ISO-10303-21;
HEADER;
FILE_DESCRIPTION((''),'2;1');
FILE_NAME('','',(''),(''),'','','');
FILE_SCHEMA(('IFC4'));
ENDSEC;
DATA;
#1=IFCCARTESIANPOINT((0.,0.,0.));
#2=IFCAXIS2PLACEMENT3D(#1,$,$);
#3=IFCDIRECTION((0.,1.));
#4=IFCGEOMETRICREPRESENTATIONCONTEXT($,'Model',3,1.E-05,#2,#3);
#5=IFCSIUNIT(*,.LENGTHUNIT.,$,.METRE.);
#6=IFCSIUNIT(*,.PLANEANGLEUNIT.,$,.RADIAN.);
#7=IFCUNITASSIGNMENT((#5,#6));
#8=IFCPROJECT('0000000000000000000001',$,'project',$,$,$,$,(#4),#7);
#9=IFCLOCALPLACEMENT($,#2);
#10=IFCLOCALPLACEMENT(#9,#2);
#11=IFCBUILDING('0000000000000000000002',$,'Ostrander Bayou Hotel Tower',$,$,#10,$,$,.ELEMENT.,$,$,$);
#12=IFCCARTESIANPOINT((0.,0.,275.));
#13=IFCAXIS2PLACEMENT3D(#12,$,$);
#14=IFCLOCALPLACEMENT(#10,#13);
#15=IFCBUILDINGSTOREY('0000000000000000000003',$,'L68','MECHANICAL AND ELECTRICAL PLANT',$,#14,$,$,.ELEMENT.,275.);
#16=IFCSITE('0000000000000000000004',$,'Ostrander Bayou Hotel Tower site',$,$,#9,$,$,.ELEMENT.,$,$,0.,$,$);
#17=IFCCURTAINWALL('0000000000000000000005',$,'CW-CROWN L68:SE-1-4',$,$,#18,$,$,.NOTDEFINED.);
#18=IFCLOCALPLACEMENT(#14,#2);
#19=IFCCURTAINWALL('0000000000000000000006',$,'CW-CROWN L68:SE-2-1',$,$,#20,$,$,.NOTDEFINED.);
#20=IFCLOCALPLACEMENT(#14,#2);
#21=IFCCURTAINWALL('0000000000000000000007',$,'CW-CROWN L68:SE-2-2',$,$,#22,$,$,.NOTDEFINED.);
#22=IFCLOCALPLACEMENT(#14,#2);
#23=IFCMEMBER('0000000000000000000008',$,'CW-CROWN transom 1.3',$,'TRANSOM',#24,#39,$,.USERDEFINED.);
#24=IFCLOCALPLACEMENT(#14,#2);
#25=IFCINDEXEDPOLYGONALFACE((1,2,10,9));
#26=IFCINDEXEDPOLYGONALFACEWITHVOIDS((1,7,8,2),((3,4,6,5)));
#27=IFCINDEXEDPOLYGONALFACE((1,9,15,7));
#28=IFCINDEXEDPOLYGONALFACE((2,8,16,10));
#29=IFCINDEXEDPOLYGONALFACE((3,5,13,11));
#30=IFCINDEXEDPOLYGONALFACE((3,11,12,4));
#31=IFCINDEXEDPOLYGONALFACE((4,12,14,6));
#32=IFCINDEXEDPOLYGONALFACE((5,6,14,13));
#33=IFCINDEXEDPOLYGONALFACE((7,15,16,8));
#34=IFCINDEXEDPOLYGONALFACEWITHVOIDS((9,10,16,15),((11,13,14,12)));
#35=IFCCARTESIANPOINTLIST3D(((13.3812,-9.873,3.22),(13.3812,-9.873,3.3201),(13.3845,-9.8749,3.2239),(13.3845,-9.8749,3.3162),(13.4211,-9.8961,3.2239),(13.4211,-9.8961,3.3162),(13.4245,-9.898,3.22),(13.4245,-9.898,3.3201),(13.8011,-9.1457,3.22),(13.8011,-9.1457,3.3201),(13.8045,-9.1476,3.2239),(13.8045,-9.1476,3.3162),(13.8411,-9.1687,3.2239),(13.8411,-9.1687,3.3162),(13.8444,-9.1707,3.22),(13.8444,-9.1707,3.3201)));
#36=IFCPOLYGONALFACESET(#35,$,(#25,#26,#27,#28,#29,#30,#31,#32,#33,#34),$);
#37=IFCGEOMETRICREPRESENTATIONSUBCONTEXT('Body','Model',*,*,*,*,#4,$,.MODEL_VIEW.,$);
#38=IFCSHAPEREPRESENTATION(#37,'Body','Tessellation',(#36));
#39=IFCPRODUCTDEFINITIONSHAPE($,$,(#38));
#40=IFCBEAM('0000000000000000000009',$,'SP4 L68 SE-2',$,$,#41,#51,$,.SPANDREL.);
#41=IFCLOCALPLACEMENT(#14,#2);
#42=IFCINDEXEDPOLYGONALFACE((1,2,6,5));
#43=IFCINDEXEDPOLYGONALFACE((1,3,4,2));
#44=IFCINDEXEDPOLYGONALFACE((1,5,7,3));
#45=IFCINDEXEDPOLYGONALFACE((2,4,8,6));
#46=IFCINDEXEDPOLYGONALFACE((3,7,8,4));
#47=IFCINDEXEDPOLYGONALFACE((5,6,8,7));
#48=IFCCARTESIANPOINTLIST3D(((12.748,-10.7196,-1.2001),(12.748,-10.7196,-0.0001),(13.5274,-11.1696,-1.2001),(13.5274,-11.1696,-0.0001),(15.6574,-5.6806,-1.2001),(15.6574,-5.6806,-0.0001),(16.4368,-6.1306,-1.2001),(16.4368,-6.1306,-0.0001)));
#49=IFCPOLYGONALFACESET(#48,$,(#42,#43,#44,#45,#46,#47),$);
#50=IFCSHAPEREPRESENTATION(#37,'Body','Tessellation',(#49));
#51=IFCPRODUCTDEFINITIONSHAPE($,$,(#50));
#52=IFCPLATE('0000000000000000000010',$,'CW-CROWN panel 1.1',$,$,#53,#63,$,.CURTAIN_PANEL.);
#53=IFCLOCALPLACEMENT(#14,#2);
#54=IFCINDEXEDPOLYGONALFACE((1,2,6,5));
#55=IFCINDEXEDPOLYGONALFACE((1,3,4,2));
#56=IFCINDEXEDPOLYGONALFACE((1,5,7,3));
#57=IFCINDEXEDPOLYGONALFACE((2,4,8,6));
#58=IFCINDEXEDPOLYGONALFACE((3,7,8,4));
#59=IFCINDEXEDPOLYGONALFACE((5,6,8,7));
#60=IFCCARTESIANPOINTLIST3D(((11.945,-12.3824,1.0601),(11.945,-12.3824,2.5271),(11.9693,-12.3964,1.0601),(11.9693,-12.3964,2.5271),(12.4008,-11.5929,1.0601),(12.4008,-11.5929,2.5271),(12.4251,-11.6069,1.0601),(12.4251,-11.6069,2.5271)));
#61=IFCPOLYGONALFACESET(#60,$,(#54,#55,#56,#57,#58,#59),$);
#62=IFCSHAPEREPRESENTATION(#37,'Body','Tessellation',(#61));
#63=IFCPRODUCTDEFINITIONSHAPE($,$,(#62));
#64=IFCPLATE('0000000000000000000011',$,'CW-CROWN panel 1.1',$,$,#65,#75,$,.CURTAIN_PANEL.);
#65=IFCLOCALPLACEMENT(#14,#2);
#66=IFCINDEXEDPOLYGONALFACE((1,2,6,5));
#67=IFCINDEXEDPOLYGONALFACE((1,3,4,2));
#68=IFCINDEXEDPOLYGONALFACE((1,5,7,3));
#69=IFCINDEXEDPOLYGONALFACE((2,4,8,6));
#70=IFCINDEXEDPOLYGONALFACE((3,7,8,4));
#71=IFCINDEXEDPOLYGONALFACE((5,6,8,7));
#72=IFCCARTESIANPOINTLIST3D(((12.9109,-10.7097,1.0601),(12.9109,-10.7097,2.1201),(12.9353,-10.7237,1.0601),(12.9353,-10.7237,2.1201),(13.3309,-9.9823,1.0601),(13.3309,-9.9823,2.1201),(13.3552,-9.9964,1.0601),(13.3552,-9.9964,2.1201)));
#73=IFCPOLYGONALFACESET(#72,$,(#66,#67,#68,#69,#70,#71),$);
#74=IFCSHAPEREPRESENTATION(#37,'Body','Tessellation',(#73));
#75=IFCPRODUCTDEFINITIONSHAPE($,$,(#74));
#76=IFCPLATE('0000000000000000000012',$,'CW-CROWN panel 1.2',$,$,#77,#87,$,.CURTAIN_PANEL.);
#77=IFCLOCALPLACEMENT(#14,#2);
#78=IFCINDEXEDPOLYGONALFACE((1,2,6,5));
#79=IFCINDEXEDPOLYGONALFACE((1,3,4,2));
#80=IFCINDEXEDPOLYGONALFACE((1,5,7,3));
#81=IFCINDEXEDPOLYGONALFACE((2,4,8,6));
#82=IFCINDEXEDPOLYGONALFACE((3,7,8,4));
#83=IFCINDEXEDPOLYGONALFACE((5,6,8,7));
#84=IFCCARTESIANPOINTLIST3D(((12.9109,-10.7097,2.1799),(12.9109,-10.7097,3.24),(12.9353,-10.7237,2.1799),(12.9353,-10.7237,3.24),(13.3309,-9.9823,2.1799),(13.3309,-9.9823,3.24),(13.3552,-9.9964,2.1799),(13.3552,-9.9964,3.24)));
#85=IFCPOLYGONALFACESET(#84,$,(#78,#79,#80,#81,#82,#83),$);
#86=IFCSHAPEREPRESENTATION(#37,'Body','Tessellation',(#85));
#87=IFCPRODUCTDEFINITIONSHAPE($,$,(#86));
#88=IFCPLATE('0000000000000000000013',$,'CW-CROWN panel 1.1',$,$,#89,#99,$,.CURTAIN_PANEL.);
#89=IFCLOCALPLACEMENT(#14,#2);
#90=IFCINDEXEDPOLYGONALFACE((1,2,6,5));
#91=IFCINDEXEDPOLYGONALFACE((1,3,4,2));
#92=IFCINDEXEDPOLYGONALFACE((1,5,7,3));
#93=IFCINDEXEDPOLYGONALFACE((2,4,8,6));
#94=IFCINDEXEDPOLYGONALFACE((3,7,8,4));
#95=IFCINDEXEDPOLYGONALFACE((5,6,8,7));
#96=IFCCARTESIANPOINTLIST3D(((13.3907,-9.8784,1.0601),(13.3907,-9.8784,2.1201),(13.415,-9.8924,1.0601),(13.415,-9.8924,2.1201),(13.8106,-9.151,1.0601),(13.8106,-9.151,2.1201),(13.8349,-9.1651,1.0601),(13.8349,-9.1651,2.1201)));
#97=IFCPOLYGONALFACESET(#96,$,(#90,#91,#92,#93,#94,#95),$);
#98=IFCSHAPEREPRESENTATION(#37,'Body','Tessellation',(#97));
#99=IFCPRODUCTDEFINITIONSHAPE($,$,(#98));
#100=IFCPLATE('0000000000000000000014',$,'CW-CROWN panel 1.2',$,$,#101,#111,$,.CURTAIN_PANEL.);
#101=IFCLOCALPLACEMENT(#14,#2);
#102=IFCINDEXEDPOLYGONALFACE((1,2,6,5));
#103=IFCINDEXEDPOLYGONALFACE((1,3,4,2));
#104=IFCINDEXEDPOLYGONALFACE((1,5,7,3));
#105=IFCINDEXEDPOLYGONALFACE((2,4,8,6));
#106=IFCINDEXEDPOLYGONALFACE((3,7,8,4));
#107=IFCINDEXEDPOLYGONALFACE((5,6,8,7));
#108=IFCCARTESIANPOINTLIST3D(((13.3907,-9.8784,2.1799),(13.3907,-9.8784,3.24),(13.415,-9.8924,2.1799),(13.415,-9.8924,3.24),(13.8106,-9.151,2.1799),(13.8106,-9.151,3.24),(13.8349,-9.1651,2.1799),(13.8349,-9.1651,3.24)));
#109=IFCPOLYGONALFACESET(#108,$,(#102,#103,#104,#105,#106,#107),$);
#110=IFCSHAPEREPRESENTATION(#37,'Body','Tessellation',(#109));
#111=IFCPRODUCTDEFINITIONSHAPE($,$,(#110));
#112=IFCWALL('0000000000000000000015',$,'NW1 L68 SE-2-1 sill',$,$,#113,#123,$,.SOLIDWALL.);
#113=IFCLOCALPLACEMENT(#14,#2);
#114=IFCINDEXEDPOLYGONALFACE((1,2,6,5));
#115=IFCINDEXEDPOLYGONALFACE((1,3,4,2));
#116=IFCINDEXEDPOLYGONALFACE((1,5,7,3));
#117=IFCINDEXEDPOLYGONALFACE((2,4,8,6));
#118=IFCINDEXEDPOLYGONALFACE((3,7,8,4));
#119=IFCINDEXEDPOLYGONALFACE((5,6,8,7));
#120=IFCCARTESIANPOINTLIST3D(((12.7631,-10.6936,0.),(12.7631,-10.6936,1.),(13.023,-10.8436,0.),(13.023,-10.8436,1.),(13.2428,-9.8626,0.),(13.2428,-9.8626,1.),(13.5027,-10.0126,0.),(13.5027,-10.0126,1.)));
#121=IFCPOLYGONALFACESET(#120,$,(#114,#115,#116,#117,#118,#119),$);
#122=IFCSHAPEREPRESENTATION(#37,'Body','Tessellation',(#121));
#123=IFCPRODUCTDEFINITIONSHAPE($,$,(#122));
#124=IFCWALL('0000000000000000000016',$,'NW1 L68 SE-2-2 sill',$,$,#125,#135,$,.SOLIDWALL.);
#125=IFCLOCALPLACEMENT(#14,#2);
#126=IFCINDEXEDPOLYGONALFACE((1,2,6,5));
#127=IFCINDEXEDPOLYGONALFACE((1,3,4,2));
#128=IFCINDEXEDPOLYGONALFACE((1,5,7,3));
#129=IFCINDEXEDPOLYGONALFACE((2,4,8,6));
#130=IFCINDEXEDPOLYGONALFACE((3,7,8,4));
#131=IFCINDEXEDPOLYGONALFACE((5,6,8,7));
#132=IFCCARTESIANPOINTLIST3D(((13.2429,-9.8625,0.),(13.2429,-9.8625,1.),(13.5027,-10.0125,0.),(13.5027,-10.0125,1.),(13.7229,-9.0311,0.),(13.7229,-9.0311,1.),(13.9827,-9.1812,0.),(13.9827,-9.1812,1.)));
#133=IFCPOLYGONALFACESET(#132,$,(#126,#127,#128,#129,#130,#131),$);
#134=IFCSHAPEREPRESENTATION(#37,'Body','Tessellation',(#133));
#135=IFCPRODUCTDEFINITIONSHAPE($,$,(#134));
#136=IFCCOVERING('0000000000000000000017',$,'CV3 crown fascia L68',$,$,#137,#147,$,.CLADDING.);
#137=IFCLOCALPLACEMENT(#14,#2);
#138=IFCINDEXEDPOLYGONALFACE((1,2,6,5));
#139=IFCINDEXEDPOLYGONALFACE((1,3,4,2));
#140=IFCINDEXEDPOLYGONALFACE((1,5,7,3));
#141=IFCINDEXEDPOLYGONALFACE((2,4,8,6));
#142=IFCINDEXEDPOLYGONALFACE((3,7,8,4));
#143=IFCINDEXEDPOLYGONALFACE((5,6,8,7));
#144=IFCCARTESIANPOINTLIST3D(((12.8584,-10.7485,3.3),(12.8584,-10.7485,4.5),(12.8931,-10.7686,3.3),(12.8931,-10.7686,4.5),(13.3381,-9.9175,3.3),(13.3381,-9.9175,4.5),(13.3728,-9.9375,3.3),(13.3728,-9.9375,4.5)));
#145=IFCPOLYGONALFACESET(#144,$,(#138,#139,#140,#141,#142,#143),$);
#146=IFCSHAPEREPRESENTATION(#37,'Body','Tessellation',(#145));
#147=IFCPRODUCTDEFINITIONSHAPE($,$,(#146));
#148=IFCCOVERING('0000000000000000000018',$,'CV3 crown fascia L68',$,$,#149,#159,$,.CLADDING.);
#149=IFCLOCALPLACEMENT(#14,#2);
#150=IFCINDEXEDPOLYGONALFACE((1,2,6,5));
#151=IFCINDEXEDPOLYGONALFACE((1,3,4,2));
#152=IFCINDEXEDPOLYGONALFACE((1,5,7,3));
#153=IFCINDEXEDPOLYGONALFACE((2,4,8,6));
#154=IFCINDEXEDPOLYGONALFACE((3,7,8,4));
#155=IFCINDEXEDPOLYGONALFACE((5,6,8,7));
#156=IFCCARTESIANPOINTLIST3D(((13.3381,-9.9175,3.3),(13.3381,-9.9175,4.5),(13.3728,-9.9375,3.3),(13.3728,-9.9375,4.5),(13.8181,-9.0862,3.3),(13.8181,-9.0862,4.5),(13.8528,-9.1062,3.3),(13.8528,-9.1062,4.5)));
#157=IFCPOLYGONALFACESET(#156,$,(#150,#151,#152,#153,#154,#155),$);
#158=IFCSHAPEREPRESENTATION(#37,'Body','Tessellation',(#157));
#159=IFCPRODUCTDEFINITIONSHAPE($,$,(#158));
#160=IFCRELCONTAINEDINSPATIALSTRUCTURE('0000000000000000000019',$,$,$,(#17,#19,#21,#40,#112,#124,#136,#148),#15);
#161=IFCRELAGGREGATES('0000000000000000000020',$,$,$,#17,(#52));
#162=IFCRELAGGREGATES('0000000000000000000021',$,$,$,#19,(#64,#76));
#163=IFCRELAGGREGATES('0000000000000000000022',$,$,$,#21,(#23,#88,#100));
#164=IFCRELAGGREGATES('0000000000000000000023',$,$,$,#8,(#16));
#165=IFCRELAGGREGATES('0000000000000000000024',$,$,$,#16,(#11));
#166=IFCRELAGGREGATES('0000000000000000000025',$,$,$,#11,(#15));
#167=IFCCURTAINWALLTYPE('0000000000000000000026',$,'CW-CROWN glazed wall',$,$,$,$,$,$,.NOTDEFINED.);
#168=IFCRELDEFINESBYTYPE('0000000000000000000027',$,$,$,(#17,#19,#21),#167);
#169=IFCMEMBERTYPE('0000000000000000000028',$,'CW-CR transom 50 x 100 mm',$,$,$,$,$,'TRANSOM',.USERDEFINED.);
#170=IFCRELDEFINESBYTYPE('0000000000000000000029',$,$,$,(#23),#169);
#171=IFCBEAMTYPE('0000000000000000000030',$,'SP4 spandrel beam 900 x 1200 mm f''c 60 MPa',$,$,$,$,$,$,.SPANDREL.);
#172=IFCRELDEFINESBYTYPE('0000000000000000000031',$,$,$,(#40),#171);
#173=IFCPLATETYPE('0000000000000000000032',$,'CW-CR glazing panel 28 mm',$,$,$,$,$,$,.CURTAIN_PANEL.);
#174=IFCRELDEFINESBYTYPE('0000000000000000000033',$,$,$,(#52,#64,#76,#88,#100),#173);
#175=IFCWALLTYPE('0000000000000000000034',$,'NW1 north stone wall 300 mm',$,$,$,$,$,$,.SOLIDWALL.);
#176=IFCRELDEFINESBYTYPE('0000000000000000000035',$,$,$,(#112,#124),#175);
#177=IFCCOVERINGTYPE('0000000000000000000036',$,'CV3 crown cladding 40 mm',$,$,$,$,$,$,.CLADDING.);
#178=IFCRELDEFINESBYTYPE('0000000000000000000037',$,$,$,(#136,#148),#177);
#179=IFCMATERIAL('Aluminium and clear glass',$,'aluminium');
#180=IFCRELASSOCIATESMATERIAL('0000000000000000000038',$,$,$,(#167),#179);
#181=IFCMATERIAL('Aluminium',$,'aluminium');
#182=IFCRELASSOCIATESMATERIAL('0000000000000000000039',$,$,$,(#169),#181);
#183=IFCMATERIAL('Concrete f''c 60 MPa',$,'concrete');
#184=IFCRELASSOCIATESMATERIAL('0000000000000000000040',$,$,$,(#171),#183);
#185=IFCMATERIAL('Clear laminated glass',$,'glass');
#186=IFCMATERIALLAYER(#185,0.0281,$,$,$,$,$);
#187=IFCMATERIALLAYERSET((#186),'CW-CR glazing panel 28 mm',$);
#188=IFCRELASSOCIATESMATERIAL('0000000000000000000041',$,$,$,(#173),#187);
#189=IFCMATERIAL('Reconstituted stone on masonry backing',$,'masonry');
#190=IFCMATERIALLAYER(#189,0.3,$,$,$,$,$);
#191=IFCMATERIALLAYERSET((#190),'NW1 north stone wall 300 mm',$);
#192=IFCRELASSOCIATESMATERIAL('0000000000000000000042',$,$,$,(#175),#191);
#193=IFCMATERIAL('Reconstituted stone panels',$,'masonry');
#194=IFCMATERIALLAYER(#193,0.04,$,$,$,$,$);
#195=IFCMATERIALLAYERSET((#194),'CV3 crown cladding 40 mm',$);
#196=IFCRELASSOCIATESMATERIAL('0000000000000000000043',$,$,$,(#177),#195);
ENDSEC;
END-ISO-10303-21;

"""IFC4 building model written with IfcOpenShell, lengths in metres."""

from ifc_helpers import new_model, si_unit, direction, frame, frame_2d, origin, origin_2d, place, context, subcontext, project, spatial, polyline, rectangle, hollow_rectangle, outline, extrude, material, layer, layer_set, material_profile, profile_set, type_object, element, aggregate, save


model = new_model("IFC4")

# Units and contexts
model_context = context("Model", 3, precision=1e-05, world=origin(), true_north=direction((0.0, 1.0)))
body_context = subcontext(model_context, "Body", "Model", "MODEL_VIEW")
ifc_project = project(units=[si_unit("LENGTHUNIT", "METRE"), si_unit("PLANEANGLEUNIT", "RADIAN")], contexts=[model_context])

# Site, building, storey
site_placement = place(None, origin())
site = spatial("IfcSite", under=ifc_project, at=site_placement, Name="Ostrander Bayou Hotel Tower site", CompositionType="ELEMENT", RefElevation=0.0)
building_placement = place(site_placement, origin())
building = spatial("IfcBuilding", under=site, at=building_placement, Name="Ostrander Bayou Hotel Tower", CompositionType="ELEMENT")
storey_placement = place(building_placement, frame((0.0, 0.0, 275.0)))
storey = spatial("IfcBuildingStorey", under=building, at=storey_placement, Name="L68", Description="MECHANICAL AND ELECTRICAL PLANT", CompositionType="ELEMENT", Elevation=275.0)

# Curtain wall
ifc_material_1 = material(Name="Aluminium and clear glass", Category="aluminium")
curtain_wall_type = type_object("IfcCurtainWallType", Name="CW-CROWN glazed wall", PredefinedType="NOTDEFINED", material=ifc_material_1)
curtain_wall_1_placement = place(storey_placement, origin())
curtain_wall_1 = element("IfcCurtainWall", 1, at=curtain_wall_1_placement, inside=storey, type_object=curtain_wall_type, Name="CW-CROWN L68:SE-1-4", PredefinedType="NOTDEFINED")

# Curtain wall
curtain_wall_2_placement = place(storey_placement, origin())
curtain_wall_2 = element("IfcCurtainWall", 2, at=curtain_wall_2_placement, inside=storey, type_object=curtain_wall_type, Name="CW-CROWN L68:SE-2-1", PredefinedType="NOTDEFINED")

# Curtain wall
curtain_wall_3_placement = place(storey_placement, origin())
curtain_wall_3 = element("IfcCurtainWall", 3, at=curtain_wall_3_placement, inside=storey, type_object=curtain_wall_type, Name="CW-CROWN L68:SE-2-2", PredefinedType="NOTDEFINED")

# Member
ifc_material_2 = material(Name="Aluminium", Category="aluminium")
ifc_material_profile_1 = material_profile(ifc_material_2, hollow_rectangle(XDim=0.05, YDim=0.1001, WallThickness=0.0039, at=origin_2d()))
ifc_profile_set_1 = profile_set([ifc_material_profile_1], Name="Aluminium")
member_type_1 = type_object("IfcMemberType", Name="CW-CR transom 50 x 100 mm", ElementType="TRANSOM", PredefinedType="USERDEFINED", material=ifc_profile_set_1)
member_1_placement = place(storey_placement, frame((13.4028, -9.8855, 3.27), z_axis=(0.500016, 0.866016, 0.0), x_axis=(-0.866016, 0.500016, 0.0)))
member_1 = element("IfcMember", 4, at=member_1_placement, type_object=member_type_1, Name="CW-CROWN transom 1.3", ObjectType="TRANSOM", PredefinedType="USERDEFINED", context=body_context, shape_type="SweptSolid", body=[
    extrude(hollow_rectangle(XDim=0.05, YDim=0.1001, WallThickness=0.0039, at=origin_2d()), origin(), (0.0, 0.0, 1.0), 0.8398),
])

# Beam
ifc_material_3 = material(Name="Concrete f'c 60 MPa", Category="concrete")
ifc_material_profile_2 = material_profile(ifc_material_3, rectangle(XDim=0.8999, YDim=1.2, at=origin_2d()))
ifc_profile_set_2 = profile_set([ifc_material_profile_2], Name="Concrete f'c 60 MPa")
beam_type = type_object("IfcBeamType", Name="SP4 spandrel beam 900 x 1200 mm f'c 60 MPa", PredefinedType="SPANDREL", material=ifc_profile_set_2)
beam_placement = place(storey_placement, frame((13.1377, -10.9446, -0.6001), z_axis=(0.500015, 0.866016, 0.0), x_axis=(-0.866016, 0.500015, 0.0)))
element("IfcBeam", 5, at=beam_placement, inside=storey, type_object=beam_type, Name="SP4 L68 SE-2", PredefinedType="SPANDREL", context=body_context, shape_type="SweptSolid", body=[
    extrude(rectangle(XDim=0.8999, YDim=1.2, at=origin_2d()), origin(), (0.0, 0.0, 1.0), 5.8186),
])

# Plates
ifc_material_4 = material(Name="Clear laminated glass", Category="glass")
ifc_layer_1 = layer(ifc_material_4, 0.0281)
ifc_layer_set_1 = layer_set([ifc_layer_1], Name="CW-CR glazing panel 28 mm")
plate_type = type_object("IfcPlateType", Name="CW-CR glazing panel 28 mm", PredefinedType="CURTAIN_PANEL", material=ifc_layer_set_1)
plate_1_placement = place(storey_placement, frame((12.1851, -11.9946, 1.0601), z_axis=(0.0, 0.0, 1.0), x_axis=(0.499997, 0.866027, 0.0)))
plate_1 = element("IfcPlate", 6, at=plate_1_placement, type_object=plate_type, Name="CW-CROWN panel 1.1", PredefinedType="CURTAIN_PANEL", context=body_context, shape_type="SweptSolid", body=[
    extrude(rectangle(XDim=0.9116, YDim=0.0281, at=origin_2d()), origin(), (0.0, 0.0, 1.0), 1.467),
])
aggregate(curtain_wall_1, [plate_1])
plate_2_placement = place(storey_placement, frame((13.1331, -10.353, 1.0601), z_axis=(0.0, 0.0, 1.0), x_axis=(0.500005, 0.866022, 0.0)))
plate_2 = element("IfcPlate", 7, at=plate_2_placement, type_object=plate_type, Name="CW-CROWN panel 1.1", PredefinedType="CURTAIN_PANEL", context=body_context, shape_type="SweptSolid", body=[
    extrude(rectangle(XDim=0.8398, YDim=0.0281, at=origin_2d()), origin(), (0.0, 0.0, 1.0), 1.0601),
])
plate_3_placement = place(storey_placement, frame((13.1331, -10.353, 2.1799), z_axis=(0.0, 0.0, 1.0), x_axis=(0.500005, 0.866022, 0.0)))
plate_3 = element("IfcPlate", 8, at=plate_3_placement, type_object=plate_type, Name="CW-CROWN panel 1.2", PredefinedType="CURTAIN_PANEL", context=body_context, shape_type="SweptSolid", body=[
    extrude(rectangle(XDim=0.8398, YDim=0.0281, at=origin_2d()), origin(), (0.0, 0.0, 1.0), 1.0601),
])
aggregate(curtain_wall_2, [plate_2, plate_3])
plate_4_placement = place(storey_placement, frame((13.6128, -9.5217, 1.0601), z_axis=(0.0, 0.0, 1.0), x_axis=(0.500005, 0.866022, 0.0)))
plate_4 = element("IfcPlate", 9, at=plate_4_placement, type_object=plate_type, Name="CW-CROWN panel 1.1", PredefinedType="CURTAIN_PANEL", context=body_context, shape_type="SweptSolid", body=[
    extrude(rectangle(XDim=0.8398, YDim=0.0281, at=origin_2d()), origin(), (0.0, 0.0, 1.0), 1.0601),
])
plate_5_placement = place(storey_placement, frame((13.6128, -9.5217, 2.1799), z_axis=(0.0, 0.0, 1.0), x_axis=(0.500005, 0.866022, 0.0)))
plate_5 = element("IfcPlate", 10, at=plate_5_placement, type_object=plate_type, Name="CW-CROWN panel 1.2", PredefinedType="CURTAIN_PANEL", context=body_context, shape_type="SweptSolid", body=[
    extrude(rectangle(XDim=0.8398, YDim=0.0281, at=origin_2d()), origin(), (0.0, 0.0, 1.0), 1.0601),
])
aggregate(curtain_wall_3, [member_1, plate_4, plate_5])

# Walls
ifc_material_5 = material(Name="Reconstituted stone on masonry backing", Category="masonry")
ifc_layer_2 = layer(ifc_material_5, 0.3)
ifc_layer_set_2 = layer_set([ifc_layer_2], Name="NW1 north stone wall 300 mm")
wall_type = type_object("IfcWallType", Name="NW1 north stone wall 300 mm", PredefinedType="SOLIDWALL", material=ifc_layer_set_2)
wall_1_placement = place(storey_placement, frame((12.8931, -10.7686, 0.0), z_axis=(0.0, 0.0, 1.0), x_axis=(0.499943, 0.866058, 0.0)))
element("IfcWall", 11, at=wall_1_placement, inside=storey, type_object=wall_type, Name="NW1 L68 SE-2-1 sill", PredefinedType="SOLIDWALL", context=body_context, shape_type="SweptSolid", body=[
    extrude(rectangle(XDim=0.9595, YDim=0.3, at=frame_2d((0.4797, 0.0))), origin(), (0.0, 0.0, 1.0), 1.0),
])
wall_2_placement = place(storey_placement, frame((13.3728, -9.9375, 0.0), z_axis=(0.0, 0.0, 1.0), x_axis=(0.500023, 0.866012, 0.0)))
element("IfcWall", 12, at=wall_2_placement, inside=storey, type_object=wall_type, Name="NW1 L68 SE-2-2 sill", PredefinedType="SOLIDWALL", context=body_context, shape_type="SweptSolid", body=[
    extrude(rectangle(XDim=0.96, YDim=0.3, at=frame_2d((0.48, 0.0))), origin(), (0.0, 0.0, 1.0), 1.0),
])

# Coverings
ifc_material_6 = material(Name="Reconstituted stone panels", Category="masonry")
ifc_layer_3 = layer(ifc_material_6, 0.04)
ifc_layer_set_3 = layer_set([ifc_layer_3], Name="CV3 crown cladding 40 mm")
covering_type = type_object("IfcCoveringType", Name="CV3 crown cladding 40 mm", PredefinedType="CLADDING", material=ifc_layer_set_3)
covering_1_placement = place(storey_placement, frame((12.8931, -10.7686, 3.3), z_axis=(0.866058, -0.499943, 0.0), x_axis=(0.499943, 0.866058, 0.0)))
element("IfcCovering", 13, at=covering_1_placement, inside=storey, type_object=covering_type, Name="CV3 crown fascia L68", PredefinedType="CLADDING", context=body_context, shape_type="SweptSolid", body=[
    extrude(outline(polyline([(0.0, 0.0), (0.9596, 0.0), (0.9596, 1.2), (0.0, 1.2), (0.0, 0.0)])), origin(), (0.0, 0.0, -1.0), 0.04),
])
covering_2_placement = place(storey_placement, frame((13.3728, -9.9375, 3.3), z_axis=(0.866012, -0.500023, 0.0), x_axis=(0.500023, 0.866012, 0.0)))
element("IfcCovering", 14, at=covering_2_placement, inside=storey, type_object=covering_type, Name="CV3 crown fascia L68", PredefinedType="CLADDING", context=body_context, shape_type="SweptSolid", body=[
    extrude(outline(polyline([(0.0, 0.0), (0.9599, 0.0), (0.9599, 1.2), (0.0, 1.2), (0.0, 0.0)])), origin(), (0.0, 0.0, -1.0), 0.04),
])

save(model, "model.ifc")
